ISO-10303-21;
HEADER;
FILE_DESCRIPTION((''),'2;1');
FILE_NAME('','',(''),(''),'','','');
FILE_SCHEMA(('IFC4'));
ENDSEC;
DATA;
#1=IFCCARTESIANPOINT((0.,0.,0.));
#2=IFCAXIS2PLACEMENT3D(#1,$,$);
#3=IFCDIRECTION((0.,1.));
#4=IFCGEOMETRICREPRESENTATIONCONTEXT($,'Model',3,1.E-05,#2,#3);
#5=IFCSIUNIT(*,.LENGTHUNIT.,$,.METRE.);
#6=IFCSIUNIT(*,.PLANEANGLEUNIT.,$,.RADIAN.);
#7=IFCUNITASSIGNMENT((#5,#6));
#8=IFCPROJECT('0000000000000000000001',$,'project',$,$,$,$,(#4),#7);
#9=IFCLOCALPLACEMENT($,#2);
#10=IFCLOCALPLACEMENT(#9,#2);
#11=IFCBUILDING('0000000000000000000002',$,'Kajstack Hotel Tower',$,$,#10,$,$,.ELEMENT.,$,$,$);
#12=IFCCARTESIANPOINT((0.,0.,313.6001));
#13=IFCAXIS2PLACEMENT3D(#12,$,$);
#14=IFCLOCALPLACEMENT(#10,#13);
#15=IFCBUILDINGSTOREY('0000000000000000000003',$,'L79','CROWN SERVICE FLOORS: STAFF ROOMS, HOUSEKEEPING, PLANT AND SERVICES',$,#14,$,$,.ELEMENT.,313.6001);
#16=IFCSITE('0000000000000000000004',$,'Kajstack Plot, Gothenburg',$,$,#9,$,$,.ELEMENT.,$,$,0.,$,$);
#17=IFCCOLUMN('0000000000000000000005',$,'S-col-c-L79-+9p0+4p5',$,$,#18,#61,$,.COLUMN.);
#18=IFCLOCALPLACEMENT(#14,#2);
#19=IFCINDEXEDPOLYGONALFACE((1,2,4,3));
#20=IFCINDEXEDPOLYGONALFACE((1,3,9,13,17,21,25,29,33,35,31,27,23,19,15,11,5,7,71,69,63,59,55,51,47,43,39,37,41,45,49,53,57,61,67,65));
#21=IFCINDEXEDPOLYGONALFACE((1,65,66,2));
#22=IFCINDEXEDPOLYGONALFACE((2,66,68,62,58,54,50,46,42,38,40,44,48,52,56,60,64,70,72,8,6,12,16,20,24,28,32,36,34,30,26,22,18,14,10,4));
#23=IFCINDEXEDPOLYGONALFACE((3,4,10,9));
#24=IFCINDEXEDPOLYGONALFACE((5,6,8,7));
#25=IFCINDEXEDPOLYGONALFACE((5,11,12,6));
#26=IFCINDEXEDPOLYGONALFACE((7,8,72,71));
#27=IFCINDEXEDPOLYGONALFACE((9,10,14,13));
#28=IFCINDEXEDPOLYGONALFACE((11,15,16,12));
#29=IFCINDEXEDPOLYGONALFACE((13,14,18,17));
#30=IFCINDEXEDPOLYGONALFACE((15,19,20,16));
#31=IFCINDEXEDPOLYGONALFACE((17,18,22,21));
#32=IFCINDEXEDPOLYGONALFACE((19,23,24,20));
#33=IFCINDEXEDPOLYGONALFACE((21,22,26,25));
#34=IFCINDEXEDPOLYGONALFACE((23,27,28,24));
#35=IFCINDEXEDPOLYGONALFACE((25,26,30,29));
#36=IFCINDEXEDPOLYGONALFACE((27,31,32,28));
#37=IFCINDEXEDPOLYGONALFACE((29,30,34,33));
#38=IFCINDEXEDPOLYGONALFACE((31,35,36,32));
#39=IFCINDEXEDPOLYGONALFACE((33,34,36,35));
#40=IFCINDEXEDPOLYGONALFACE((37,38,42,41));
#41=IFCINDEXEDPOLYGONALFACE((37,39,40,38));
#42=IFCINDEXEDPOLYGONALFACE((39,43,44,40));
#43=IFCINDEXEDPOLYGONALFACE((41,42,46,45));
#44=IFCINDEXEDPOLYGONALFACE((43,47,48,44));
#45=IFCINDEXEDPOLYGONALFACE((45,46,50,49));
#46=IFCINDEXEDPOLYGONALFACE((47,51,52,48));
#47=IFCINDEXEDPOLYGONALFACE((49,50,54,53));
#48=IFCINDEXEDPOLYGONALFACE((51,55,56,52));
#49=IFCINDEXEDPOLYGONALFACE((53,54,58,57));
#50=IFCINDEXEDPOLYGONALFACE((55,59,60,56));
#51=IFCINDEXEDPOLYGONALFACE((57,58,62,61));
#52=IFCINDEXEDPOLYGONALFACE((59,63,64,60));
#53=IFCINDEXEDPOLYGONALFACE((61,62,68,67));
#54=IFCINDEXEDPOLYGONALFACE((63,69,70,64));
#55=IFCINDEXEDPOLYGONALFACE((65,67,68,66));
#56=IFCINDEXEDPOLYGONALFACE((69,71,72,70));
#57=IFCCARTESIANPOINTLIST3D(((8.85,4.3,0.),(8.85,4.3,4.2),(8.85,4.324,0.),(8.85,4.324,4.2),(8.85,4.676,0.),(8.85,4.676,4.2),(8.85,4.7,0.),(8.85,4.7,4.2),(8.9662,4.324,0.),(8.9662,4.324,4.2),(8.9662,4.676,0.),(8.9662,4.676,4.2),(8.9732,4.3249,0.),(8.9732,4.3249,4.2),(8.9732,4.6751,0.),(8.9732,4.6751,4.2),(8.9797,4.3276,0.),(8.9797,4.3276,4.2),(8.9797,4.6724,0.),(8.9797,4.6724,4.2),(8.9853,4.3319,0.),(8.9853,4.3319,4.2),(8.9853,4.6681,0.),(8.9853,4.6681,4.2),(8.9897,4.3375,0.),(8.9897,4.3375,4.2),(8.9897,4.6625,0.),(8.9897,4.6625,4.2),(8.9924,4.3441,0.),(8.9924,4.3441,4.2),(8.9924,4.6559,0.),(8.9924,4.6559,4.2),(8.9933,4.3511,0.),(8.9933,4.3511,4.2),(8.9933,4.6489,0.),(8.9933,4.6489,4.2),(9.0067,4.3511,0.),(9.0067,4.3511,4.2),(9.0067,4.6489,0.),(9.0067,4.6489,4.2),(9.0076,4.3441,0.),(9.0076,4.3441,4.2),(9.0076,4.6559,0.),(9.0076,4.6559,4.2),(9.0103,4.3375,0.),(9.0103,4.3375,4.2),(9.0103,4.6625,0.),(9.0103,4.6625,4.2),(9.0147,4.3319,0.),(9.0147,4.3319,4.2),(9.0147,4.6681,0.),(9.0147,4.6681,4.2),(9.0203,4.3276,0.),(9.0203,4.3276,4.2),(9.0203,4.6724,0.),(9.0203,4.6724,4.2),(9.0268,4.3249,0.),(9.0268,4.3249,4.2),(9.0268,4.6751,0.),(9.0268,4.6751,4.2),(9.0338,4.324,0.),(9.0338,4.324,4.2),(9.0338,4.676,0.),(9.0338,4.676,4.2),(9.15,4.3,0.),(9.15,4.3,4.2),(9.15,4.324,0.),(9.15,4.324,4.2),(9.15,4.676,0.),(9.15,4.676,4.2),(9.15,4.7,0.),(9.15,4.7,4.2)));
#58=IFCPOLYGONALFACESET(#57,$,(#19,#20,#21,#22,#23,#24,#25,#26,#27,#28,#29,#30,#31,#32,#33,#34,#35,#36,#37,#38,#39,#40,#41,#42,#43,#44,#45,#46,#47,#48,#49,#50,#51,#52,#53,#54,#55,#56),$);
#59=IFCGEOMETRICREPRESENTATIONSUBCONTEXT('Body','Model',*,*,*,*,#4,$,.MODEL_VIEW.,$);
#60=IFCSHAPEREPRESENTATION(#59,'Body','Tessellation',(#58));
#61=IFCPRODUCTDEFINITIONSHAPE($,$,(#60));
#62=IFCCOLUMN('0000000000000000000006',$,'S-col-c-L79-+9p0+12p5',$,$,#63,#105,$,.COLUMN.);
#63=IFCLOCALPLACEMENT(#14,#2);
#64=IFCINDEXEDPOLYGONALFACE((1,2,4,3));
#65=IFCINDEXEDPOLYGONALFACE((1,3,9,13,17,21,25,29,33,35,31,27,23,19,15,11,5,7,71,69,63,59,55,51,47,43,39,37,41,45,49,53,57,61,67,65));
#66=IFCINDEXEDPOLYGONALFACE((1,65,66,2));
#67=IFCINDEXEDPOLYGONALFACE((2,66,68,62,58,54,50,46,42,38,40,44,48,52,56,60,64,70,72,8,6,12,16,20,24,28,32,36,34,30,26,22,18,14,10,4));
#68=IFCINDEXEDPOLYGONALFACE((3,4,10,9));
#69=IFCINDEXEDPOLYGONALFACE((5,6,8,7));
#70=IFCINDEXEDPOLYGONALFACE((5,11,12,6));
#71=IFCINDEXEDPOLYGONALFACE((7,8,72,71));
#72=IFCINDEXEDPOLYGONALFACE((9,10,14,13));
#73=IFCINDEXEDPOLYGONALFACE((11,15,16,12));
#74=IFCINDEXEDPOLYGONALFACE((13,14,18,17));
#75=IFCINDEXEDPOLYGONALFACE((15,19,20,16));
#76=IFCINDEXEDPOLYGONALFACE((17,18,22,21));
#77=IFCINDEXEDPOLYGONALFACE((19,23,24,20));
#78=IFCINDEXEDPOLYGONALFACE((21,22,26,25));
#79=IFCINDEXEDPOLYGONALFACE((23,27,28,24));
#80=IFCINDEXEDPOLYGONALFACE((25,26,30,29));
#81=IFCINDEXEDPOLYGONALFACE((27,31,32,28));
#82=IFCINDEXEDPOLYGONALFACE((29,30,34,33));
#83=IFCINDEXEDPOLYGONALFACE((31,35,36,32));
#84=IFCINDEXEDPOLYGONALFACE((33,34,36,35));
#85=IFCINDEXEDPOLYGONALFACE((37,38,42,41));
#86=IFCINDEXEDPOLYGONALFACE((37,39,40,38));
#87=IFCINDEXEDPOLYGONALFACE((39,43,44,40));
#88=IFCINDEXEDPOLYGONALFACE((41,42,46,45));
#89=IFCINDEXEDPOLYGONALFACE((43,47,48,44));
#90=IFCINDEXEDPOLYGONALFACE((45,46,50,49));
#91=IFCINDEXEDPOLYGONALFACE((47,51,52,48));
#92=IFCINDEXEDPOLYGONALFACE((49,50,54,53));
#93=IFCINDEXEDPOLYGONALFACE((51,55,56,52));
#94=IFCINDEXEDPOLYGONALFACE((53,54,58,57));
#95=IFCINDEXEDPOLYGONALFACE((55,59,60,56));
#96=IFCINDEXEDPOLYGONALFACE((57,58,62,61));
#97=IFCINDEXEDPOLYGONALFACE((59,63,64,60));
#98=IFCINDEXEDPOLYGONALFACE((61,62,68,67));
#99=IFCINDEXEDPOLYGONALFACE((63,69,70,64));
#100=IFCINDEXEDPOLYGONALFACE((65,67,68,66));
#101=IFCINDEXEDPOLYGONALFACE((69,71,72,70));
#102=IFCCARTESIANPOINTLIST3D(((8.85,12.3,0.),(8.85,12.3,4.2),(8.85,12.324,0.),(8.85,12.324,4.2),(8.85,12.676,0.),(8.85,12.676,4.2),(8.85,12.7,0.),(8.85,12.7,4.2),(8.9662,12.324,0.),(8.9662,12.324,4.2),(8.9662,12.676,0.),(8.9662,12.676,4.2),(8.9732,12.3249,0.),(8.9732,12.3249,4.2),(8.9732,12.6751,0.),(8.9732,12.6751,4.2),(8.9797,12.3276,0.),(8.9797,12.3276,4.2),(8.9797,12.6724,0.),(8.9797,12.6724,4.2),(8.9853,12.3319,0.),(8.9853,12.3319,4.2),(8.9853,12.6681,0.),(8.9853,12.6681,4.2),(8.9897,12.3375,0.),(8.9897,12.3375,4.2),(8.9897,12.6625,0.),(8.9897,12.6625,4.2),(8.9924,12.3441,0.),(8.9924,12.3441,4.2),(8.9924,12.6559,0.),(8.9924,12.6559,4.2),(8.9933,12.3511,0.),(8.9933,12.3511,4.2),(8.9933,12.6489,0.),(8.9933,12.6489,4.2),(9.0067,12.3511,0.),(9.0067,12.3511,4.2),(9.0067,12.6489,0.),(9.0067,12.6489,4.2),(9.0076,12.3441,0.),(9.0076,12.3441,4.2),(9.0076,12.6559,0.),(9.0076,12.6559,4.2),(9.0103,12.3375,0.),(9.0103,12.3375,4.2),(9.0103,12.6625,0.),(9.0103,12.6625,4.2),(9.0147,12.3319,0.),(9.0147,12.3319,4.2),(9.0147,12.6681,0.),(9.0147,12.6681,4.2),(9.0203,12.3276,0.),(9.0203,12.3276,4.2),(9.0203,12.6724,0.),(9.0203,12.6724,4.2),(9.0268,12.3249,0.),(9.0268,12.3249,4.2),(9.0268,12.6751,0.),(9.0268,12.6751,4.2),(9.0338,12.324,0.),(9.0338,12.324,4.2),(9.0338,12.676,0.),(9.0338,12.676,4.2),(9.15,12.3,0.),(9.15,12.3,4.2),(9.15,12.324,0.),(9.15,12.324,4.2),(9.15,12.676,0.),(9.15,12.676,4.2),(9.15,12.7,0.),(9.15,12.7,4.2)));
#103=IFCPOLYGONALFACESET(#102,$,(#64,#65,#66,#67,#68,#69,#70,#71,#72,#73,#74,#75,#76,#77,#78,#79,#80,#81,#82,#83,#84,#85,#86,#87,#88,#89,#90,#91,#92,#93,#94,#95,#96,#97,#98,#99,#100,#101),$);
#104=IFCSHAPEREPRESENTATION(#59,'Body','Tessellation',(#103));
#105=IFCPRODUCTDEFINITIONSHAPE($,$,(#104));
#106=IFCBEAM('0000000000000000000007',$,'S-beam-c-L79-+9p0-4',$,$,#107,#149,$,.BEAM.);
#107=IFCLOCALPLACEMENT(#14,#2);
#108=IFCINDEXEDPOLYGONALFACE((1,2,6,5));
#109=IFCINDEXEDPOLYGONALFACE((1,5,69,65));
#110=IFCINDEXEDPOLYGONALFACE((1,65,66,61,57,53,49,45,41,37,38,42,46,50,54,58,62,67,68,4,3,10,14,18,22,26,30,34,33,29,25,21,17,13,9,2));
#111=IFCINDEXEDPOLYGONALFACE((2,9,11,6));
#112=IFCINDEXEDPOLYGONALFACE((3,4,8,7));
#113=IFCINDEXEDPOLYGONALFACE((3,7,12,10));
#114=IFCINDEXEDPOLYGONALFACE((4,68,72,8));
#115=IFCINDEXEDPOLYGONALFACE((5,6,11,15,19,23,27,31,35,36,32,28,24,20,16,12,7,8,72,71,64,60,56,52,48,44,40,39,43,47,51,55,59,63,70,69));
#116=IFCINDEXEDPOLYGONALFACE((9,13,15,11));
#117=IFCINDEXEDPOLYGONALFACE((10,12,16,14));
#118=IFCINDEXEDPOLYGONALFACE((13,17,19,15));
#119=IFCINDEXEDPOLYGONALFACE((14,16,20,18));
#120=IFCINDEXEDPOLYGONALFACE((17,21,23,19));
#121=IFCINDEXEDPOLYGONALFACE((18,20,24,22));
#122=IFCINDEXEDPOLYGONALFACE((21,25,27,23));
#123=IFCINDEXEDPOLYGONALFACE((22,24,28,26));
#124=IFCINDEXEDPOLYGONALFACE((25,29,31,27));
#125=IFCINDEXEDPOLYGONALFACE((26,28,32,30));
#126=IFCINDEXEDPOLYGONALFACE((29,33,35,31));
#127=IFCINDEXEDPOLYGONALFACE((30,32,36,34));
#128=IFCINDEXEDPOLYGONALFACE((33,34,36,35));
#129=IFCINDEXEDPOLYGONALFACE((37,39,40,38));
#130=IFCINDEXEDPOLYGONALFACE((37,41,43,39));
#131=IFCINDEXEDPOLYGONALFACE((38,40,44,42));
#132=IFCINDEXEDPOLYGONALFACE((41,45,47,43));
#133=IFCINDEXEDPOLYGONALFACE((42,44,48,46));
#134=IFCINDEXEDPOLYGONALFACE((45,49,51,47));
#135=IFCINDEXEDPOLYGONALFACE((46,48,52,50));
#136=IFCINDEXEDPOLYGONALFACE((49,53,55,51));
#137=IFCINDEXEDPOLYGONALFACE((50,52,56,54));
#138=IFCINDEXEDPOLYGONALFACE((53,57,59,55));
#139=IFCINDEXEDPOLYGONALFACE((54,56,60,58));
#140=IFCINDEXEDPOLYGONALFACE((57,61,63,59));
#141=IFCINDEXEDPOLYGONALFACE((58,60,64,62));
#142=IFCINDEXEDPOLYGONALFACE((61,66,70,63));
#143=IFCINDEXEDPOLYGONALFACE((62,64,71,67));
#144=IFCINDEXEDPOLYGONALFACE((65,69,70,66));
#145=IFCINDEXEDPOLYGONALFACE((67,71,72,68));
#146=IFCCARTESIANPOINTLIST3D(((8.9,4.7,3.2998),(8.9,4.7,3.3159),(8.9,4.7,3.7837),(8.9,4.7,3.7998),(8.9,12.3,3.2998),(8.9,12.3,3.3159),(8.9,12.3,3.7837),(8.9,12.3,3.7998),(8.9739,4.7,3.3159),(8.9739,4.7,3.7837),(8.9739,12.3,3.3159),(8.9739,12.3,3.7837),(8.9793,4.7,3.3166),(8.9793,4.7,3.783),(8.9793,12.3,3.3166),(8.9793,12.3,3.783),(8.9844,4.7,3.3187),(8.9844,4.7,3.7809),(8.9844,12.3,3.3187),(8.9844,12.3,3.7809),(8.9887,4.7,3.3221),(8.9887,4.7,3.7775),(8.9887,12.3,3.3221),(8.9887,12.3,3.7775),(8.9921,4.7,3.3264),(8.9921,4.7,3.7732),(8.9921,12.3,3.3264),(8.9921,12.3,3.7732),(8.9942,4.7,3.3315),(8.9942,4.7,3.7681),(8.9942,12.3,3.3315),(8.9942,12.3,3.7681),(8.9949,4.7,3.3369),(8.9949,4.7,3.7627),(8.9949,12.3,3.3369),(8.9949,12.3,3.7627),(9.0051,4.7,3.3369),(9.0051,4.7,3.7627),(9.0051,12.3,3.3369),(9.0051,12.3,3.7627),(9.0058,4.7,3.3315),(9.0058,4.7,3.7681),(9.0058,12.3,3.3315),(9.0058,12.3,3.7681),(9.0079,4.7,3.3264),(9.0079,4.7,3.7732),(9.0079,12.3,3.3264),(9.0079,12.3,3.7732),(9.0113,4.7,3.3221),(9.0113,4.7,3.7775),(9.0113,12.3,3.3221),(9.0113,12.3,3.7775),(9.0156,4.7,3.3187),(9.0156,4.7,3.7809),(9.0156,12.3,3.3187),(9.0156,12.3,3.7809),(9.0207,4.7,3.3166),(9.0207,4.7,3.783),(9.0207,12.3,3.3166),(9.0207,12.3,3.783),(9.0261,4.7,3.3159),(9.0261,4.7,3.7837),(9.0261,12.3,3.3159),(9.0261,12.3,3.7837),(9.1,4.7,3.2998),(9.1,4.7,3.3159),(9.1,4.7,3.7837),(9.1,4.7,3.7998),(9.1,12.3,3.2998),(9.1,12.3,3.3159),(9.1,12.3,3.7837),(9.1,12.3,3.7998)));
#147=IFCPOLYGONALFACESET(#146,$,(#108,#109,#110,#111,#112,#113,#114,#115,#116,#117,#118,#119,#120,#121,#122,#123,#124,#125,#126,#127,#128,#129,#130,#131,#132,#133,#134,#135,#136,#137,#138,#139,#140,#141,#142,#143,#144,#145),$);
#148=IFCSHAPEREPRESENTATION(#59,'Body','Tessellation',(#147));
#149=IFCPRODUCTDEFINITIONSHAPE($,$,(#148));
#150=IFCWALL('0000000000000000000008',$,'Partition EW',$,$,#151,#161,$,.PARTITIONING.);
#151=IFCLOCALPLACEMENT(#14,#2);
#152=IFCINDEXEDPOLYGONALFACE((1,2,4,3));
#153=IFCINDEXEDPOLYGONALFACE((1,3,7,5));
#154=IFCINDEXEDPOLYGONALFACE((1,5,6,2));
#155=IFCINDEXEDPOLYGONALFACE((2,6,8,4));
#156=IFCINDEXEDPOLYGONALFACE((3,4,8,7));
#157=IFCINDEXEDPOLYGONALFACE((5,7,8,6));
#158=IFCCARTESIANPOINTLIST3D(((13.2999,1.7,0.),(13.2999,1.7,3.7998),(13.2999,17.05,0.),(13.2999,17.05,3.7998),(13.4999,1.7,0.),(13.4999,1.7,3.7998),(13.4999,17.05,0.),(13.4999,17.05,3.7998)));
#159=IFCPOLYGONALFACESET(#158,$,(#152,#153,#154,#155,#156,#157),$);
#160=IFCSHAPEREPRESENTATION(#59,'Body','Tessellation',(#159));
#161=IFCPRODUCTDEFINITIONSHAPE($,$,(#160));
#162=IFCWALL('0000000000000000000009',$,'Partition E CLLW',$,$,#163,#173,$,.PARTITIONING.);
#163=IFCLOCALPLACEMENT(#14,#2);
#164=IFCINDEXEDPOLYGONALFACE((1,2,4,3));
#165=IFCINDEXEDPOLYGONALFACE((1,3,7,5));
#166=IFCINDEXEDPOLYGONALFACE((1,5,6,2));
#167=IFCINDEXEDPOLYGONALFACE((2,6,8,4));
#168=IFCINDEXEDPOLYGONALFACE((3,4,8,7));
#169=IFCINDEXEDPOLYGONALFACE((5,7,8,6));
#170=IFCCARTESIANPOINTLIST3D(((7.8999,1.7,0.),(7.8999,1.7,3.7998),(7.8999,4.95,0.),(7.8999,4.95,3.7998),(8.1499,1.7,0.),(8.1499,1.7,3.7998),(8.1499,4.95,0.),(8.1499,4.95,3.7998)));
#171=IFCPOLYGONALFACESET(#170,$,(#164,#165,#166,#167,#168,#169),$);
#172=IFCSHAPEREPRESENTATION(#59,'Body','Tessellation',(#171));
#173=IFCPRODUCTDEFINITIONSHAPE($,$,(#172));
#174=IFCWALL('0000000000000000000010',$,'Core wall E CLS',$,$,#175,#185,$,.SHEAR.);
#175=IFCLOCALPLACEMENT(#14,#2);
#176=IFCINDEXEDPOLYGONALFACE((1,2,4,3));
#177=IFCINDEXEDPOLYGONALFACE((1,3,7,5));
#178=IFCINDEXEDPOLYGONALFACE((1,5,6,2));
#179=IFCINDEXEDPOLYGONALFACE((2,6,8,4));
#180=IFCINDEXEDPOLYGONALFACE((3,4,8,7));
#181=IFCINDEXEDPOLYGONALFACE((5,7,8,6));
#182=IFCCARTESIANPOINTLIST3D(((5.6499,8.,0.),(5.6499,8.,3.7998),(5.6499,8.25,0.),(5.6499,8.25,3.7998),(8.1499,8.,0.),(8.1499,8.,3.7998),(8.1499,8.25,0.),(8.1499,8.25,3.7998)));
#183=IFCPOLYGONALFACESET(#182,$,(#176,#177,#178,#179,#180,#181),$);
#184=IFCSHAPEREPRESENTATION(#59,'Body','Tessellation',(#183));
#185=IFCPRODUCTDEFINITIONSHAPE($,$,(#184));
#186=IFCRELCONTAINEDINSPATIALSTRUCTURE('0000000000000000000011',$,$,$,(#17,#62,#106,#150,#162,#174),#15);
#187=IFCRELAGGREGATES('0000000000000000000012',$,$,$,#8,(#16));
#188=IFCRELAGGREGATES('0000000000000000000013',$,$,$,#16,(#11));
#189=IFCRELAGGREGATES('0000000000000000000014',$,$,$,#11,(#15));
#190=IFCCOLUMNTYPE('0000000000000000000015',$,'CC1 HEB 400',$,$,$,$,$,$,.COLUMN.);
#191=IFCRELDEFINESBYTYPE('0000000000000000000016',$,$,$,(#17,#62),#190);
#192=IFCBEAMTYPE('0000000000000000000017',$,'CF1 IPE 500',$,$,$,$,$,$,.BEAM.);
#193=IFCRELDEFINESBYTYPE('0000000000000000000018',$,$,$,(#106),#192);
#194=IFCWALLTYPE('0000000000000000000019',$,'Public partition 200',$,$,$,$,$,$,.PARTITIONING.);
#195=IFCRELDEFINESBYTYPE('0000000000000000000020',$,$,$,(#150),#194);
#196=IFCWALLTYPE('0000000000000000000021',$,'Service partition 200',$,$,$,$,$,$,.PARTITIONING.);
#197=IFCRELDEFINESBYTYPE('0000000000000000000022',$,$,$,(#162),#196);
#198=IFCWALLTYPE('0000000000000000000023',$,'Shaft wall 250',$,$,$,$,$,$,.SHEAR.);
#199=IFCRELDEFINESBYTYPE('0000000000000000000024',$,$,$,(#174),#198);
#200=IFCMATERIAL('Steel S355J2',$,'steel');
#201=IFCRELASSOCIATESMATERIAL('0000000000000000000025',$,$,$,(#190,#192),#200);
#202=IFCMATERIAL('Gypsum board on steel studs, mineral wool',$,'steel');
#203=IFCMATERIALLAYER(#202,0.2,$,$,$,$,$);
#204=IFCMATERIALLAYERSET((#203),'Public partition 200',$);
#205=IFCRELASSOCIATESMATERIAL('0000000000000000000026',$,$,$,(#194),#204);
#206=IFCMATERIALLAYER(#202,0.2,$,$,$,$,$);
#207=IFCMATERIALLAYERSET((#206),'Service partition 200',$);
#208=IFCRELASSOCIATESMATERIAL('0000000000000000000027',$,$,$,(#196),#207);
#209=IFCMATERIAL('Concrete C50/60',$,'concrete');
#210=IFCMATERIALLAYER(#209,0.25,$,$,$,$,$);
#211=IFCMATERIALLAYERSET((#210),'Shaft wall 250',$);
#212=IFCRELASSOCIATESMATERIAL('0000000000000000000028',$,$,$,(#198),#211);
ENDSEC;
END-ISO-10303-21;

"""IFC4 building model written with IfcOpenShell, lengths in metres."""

from ifc_helpers import new_model, si_unit, direction, frame, frame_2d, origin, origin_2d, place, context, subcontext, project, spatial, rectangle, i_section, extrude, material, layer, layer_set, material_profile, profile_set, type_object, element, save


model = new_model("IFC4")

# Units and contexts
model_context = context("Model", 3, precision=1e-05, world=origin(), true_north=direction((0.0, 1.0)))
body_context = subcontext(model_context, "Body", "Model", "MODEL_VIEW")
ifc_project = project(units=[si_unit("LENGTHUNIT", "METRE"), si_unit("PLANEANGLEUNIT", "RADIAN")], contexts=[model_context])

# Site, building, storey
site_placement = place(None, origin())
site = spatial("IfcSite", under=ifc_project, at=site_placement, Name="Kajstack Plot, Gothenburg", CompositionType="ELEMENT", RefElevation=0.0)
building_placement = place(site_placement, origin())
building = spatial("IfcBuilding", under=site, at=building_placement, Name="Kajstack Hotel Tower", CompositionType="ELEMENT")
storey_placement = place(building_placement, frame((0.0, 0.0, 313.6001)))
storey = spatial("IfcBuildingStorey", under=building, at=storey_placement, Name="L79", Description="CROWN SERVICE FLOORS: STAFF ROOMS, HOUSEKEEPING, PLANT AND SERVICES", CompositionType="ELEMENT", Elevation=313.6001)

# Columns
ifc_material_1 = material(Name="Steel S355J2", Category="steel")
ifc_material_profile_1 = material_profile(ifc_material_1, i_section(OverallWidth=0.3, OverallDepth=0.3999, WebThickness=0.0134, FlangeThickness=0.0239, FilletRadius=0.0271, at=origin_2d()), Name="HEB 400")
ifc_profile_set_1 = profile_set([ifc_material_profile_1], Name="Steel S355J2")
column_type = type_object("IfcColumnType", Name="CC1 HEB 400", PredefinedType="COLUMN", material=ifc_profile_set_1)
for number, where, z_axis, x_axis, name in (
    (1, (9.0, 4.5, 0.0), (0.0, 0.0, 1.0), (1.0, 0.0, 0.0), "S-col-c-L79-+9p0+4p5"),
    (2, (9.0, 12.5, 0.0), (0.0, 0.0, 1.0), (1.0, 0.0, 0.0), "S-col-c-L79-+9p0+12p5"),
):
    element("IfcColumn", number, at=place(storey_placement, frame(where, z_axis=z_axis, x_axis=x_axis)), inside=storey, type_object=column_type, Name=name, PredefinedType="COLUMN", context=body_context, shape_type="SweptSolid", body=[
        extrude(i_section(OverallWidth=0.3, OverallDepth=0.3999, WebThickness=0.0134, FlangeThickness=0.0239, FilletRadius=0.0271, at=origin_2d()), origin(), (0.0, 0.0, 1.0), 4.2),
    ])

# Beam
ifc_material_profile_2 = material_profile(ifc_material_1, i_section(OverallWidth=0.2, OverallDepth=0.5, WebThickness=0.0103, FlangeThickness=0.0161, FilletRadius=0.021, at=origin_2d()), Name="IPE 500")
ifc_profile_set_2 = profile_set([ifc_material_profile_2], Name="Steel S355J2")
beam_type = type_object("IfcBeamType", Name="CF1 IPE 500", PredefinedType="BEAM", material=ifc_profile_set_2)
beam_placement = place(storey_placement, frame((9.0, 4.7, 3.5498), z_axis=(0.0, 1.0, 0.0), x_axis=(-1.0, 0.0, 0.0)))
element("IfcBeam", 3, at=beam_placement, inside=storey, type_object=beam_type, Name="S-beam-c-L79-+9p0-4", PredefinedType="BEAM", context=body_context, shape_type="SweptSolid", body=[
    extrude(i_section(OverallWidth=0.2, OverallDepth=0.5, WebThickness=0.0103, FlangeThickness=0.0161, FilletRadius=0.021, at=origin_2d()), origin(), (0.0, 0.0, 1.0), 7.6001),
])

# Walls
ifc_material_2 = material(Name="Gypsum board on steel studs, mineral wool", Category="steel")
ifc_layer_1 = layer(ifc_material_2, 0.2)
ifc_layer_set_1 = layer_set([ifc_layer_1], Name="Public partition 200")
wall_type_1 = type_object("IfcWallType", Name="Public partition 200", PredefinedType="PARTITIONING", material=ifc_layer_set_1)
wall_1_placement = place(storey_placement, frame((13.3999, 1.7, 0.0), z_axis=(0.0, 0.0, 1.0), x_axis=(0.0, 1.0, 0.0)))
element("IfcWall", 4, at=wall_1_placement, inside=storey, type_object=wall_type_1, Name="Partition EW", PredefinedType="PARTITIONING", context=body_context, shape_type="SweptSolid", body=[
    extrude(rectangle(XDim=15.3501, YDim=0.2, at=frame_2d((7.675, 0.0))), origin(), (0.0, 0.0, 1.0), 3.7998),
])
ifc_layer_2 = layer(ifc_material_2, 0.2)
ifc_layer_set_2 = layer_set([ifc_layer_2], Name="Service partition 200")
wall_type_2 = type_object("IfcWallType", Name="Service partition 200", PredefinedType="PARTITIONING", material=ifc_layer_set_2)
wall_2_placement = place(storey_placement, frame((8.0249, 1.7, 0.0), z_axis=(0.0, 0.0, 1.0), x_axis=(0.0, 1.0, 0.0)))
element("IfcWall", 5, at=wall_2_placement, inside=storey, type_object=wall_type_2, Name="Partition E CLLW", PredefinedType="PARTITIONING", context=body_context, shape_type="SweptSolid", body=[
    extrude(rectangle(XDim=3.25, YDim=0.25, at=frame_2d((1.625, 0.0))), origin(), (0.0, 0.0, 1.0), 3.7998),
])
ifc_material_3 = material(Name="Concrete C50/60", Category="concrete")
ifc_layer_3 = layer(ifc_material_3, 0.25)
ifc_layer_set_3 = layer_set([ifc_layer_3], Name="Shaft wall 250")
wall_type_3 = type_object("IfcWallType", Name="Shaft wall 250", PredefinedType="SHEAR", material=ifc_layer_set_3)
wall_3_placement = place(storey_placement, frame((5.6499, 8.125, 0.0), z_axis=(0.0, 0.0, 1.0), x_axis=(1.0, 0.0, 0.0)))
element("IfcWall", 6, at=wall_3_placement, inside=storey, type_object=wall_type_3, Name="Core wall E CLS", PredefinedType="SHEAR", context=body_context, shape_type="SweptSolid", body=[
    extrude(rectangle(XDim=2.5, YDim=0.25, at=frame_2d((1.25, 0.0))), origin(), (0.0, 0.0, 1.0), 3.7998),
])

save(model, "model.ifc")
